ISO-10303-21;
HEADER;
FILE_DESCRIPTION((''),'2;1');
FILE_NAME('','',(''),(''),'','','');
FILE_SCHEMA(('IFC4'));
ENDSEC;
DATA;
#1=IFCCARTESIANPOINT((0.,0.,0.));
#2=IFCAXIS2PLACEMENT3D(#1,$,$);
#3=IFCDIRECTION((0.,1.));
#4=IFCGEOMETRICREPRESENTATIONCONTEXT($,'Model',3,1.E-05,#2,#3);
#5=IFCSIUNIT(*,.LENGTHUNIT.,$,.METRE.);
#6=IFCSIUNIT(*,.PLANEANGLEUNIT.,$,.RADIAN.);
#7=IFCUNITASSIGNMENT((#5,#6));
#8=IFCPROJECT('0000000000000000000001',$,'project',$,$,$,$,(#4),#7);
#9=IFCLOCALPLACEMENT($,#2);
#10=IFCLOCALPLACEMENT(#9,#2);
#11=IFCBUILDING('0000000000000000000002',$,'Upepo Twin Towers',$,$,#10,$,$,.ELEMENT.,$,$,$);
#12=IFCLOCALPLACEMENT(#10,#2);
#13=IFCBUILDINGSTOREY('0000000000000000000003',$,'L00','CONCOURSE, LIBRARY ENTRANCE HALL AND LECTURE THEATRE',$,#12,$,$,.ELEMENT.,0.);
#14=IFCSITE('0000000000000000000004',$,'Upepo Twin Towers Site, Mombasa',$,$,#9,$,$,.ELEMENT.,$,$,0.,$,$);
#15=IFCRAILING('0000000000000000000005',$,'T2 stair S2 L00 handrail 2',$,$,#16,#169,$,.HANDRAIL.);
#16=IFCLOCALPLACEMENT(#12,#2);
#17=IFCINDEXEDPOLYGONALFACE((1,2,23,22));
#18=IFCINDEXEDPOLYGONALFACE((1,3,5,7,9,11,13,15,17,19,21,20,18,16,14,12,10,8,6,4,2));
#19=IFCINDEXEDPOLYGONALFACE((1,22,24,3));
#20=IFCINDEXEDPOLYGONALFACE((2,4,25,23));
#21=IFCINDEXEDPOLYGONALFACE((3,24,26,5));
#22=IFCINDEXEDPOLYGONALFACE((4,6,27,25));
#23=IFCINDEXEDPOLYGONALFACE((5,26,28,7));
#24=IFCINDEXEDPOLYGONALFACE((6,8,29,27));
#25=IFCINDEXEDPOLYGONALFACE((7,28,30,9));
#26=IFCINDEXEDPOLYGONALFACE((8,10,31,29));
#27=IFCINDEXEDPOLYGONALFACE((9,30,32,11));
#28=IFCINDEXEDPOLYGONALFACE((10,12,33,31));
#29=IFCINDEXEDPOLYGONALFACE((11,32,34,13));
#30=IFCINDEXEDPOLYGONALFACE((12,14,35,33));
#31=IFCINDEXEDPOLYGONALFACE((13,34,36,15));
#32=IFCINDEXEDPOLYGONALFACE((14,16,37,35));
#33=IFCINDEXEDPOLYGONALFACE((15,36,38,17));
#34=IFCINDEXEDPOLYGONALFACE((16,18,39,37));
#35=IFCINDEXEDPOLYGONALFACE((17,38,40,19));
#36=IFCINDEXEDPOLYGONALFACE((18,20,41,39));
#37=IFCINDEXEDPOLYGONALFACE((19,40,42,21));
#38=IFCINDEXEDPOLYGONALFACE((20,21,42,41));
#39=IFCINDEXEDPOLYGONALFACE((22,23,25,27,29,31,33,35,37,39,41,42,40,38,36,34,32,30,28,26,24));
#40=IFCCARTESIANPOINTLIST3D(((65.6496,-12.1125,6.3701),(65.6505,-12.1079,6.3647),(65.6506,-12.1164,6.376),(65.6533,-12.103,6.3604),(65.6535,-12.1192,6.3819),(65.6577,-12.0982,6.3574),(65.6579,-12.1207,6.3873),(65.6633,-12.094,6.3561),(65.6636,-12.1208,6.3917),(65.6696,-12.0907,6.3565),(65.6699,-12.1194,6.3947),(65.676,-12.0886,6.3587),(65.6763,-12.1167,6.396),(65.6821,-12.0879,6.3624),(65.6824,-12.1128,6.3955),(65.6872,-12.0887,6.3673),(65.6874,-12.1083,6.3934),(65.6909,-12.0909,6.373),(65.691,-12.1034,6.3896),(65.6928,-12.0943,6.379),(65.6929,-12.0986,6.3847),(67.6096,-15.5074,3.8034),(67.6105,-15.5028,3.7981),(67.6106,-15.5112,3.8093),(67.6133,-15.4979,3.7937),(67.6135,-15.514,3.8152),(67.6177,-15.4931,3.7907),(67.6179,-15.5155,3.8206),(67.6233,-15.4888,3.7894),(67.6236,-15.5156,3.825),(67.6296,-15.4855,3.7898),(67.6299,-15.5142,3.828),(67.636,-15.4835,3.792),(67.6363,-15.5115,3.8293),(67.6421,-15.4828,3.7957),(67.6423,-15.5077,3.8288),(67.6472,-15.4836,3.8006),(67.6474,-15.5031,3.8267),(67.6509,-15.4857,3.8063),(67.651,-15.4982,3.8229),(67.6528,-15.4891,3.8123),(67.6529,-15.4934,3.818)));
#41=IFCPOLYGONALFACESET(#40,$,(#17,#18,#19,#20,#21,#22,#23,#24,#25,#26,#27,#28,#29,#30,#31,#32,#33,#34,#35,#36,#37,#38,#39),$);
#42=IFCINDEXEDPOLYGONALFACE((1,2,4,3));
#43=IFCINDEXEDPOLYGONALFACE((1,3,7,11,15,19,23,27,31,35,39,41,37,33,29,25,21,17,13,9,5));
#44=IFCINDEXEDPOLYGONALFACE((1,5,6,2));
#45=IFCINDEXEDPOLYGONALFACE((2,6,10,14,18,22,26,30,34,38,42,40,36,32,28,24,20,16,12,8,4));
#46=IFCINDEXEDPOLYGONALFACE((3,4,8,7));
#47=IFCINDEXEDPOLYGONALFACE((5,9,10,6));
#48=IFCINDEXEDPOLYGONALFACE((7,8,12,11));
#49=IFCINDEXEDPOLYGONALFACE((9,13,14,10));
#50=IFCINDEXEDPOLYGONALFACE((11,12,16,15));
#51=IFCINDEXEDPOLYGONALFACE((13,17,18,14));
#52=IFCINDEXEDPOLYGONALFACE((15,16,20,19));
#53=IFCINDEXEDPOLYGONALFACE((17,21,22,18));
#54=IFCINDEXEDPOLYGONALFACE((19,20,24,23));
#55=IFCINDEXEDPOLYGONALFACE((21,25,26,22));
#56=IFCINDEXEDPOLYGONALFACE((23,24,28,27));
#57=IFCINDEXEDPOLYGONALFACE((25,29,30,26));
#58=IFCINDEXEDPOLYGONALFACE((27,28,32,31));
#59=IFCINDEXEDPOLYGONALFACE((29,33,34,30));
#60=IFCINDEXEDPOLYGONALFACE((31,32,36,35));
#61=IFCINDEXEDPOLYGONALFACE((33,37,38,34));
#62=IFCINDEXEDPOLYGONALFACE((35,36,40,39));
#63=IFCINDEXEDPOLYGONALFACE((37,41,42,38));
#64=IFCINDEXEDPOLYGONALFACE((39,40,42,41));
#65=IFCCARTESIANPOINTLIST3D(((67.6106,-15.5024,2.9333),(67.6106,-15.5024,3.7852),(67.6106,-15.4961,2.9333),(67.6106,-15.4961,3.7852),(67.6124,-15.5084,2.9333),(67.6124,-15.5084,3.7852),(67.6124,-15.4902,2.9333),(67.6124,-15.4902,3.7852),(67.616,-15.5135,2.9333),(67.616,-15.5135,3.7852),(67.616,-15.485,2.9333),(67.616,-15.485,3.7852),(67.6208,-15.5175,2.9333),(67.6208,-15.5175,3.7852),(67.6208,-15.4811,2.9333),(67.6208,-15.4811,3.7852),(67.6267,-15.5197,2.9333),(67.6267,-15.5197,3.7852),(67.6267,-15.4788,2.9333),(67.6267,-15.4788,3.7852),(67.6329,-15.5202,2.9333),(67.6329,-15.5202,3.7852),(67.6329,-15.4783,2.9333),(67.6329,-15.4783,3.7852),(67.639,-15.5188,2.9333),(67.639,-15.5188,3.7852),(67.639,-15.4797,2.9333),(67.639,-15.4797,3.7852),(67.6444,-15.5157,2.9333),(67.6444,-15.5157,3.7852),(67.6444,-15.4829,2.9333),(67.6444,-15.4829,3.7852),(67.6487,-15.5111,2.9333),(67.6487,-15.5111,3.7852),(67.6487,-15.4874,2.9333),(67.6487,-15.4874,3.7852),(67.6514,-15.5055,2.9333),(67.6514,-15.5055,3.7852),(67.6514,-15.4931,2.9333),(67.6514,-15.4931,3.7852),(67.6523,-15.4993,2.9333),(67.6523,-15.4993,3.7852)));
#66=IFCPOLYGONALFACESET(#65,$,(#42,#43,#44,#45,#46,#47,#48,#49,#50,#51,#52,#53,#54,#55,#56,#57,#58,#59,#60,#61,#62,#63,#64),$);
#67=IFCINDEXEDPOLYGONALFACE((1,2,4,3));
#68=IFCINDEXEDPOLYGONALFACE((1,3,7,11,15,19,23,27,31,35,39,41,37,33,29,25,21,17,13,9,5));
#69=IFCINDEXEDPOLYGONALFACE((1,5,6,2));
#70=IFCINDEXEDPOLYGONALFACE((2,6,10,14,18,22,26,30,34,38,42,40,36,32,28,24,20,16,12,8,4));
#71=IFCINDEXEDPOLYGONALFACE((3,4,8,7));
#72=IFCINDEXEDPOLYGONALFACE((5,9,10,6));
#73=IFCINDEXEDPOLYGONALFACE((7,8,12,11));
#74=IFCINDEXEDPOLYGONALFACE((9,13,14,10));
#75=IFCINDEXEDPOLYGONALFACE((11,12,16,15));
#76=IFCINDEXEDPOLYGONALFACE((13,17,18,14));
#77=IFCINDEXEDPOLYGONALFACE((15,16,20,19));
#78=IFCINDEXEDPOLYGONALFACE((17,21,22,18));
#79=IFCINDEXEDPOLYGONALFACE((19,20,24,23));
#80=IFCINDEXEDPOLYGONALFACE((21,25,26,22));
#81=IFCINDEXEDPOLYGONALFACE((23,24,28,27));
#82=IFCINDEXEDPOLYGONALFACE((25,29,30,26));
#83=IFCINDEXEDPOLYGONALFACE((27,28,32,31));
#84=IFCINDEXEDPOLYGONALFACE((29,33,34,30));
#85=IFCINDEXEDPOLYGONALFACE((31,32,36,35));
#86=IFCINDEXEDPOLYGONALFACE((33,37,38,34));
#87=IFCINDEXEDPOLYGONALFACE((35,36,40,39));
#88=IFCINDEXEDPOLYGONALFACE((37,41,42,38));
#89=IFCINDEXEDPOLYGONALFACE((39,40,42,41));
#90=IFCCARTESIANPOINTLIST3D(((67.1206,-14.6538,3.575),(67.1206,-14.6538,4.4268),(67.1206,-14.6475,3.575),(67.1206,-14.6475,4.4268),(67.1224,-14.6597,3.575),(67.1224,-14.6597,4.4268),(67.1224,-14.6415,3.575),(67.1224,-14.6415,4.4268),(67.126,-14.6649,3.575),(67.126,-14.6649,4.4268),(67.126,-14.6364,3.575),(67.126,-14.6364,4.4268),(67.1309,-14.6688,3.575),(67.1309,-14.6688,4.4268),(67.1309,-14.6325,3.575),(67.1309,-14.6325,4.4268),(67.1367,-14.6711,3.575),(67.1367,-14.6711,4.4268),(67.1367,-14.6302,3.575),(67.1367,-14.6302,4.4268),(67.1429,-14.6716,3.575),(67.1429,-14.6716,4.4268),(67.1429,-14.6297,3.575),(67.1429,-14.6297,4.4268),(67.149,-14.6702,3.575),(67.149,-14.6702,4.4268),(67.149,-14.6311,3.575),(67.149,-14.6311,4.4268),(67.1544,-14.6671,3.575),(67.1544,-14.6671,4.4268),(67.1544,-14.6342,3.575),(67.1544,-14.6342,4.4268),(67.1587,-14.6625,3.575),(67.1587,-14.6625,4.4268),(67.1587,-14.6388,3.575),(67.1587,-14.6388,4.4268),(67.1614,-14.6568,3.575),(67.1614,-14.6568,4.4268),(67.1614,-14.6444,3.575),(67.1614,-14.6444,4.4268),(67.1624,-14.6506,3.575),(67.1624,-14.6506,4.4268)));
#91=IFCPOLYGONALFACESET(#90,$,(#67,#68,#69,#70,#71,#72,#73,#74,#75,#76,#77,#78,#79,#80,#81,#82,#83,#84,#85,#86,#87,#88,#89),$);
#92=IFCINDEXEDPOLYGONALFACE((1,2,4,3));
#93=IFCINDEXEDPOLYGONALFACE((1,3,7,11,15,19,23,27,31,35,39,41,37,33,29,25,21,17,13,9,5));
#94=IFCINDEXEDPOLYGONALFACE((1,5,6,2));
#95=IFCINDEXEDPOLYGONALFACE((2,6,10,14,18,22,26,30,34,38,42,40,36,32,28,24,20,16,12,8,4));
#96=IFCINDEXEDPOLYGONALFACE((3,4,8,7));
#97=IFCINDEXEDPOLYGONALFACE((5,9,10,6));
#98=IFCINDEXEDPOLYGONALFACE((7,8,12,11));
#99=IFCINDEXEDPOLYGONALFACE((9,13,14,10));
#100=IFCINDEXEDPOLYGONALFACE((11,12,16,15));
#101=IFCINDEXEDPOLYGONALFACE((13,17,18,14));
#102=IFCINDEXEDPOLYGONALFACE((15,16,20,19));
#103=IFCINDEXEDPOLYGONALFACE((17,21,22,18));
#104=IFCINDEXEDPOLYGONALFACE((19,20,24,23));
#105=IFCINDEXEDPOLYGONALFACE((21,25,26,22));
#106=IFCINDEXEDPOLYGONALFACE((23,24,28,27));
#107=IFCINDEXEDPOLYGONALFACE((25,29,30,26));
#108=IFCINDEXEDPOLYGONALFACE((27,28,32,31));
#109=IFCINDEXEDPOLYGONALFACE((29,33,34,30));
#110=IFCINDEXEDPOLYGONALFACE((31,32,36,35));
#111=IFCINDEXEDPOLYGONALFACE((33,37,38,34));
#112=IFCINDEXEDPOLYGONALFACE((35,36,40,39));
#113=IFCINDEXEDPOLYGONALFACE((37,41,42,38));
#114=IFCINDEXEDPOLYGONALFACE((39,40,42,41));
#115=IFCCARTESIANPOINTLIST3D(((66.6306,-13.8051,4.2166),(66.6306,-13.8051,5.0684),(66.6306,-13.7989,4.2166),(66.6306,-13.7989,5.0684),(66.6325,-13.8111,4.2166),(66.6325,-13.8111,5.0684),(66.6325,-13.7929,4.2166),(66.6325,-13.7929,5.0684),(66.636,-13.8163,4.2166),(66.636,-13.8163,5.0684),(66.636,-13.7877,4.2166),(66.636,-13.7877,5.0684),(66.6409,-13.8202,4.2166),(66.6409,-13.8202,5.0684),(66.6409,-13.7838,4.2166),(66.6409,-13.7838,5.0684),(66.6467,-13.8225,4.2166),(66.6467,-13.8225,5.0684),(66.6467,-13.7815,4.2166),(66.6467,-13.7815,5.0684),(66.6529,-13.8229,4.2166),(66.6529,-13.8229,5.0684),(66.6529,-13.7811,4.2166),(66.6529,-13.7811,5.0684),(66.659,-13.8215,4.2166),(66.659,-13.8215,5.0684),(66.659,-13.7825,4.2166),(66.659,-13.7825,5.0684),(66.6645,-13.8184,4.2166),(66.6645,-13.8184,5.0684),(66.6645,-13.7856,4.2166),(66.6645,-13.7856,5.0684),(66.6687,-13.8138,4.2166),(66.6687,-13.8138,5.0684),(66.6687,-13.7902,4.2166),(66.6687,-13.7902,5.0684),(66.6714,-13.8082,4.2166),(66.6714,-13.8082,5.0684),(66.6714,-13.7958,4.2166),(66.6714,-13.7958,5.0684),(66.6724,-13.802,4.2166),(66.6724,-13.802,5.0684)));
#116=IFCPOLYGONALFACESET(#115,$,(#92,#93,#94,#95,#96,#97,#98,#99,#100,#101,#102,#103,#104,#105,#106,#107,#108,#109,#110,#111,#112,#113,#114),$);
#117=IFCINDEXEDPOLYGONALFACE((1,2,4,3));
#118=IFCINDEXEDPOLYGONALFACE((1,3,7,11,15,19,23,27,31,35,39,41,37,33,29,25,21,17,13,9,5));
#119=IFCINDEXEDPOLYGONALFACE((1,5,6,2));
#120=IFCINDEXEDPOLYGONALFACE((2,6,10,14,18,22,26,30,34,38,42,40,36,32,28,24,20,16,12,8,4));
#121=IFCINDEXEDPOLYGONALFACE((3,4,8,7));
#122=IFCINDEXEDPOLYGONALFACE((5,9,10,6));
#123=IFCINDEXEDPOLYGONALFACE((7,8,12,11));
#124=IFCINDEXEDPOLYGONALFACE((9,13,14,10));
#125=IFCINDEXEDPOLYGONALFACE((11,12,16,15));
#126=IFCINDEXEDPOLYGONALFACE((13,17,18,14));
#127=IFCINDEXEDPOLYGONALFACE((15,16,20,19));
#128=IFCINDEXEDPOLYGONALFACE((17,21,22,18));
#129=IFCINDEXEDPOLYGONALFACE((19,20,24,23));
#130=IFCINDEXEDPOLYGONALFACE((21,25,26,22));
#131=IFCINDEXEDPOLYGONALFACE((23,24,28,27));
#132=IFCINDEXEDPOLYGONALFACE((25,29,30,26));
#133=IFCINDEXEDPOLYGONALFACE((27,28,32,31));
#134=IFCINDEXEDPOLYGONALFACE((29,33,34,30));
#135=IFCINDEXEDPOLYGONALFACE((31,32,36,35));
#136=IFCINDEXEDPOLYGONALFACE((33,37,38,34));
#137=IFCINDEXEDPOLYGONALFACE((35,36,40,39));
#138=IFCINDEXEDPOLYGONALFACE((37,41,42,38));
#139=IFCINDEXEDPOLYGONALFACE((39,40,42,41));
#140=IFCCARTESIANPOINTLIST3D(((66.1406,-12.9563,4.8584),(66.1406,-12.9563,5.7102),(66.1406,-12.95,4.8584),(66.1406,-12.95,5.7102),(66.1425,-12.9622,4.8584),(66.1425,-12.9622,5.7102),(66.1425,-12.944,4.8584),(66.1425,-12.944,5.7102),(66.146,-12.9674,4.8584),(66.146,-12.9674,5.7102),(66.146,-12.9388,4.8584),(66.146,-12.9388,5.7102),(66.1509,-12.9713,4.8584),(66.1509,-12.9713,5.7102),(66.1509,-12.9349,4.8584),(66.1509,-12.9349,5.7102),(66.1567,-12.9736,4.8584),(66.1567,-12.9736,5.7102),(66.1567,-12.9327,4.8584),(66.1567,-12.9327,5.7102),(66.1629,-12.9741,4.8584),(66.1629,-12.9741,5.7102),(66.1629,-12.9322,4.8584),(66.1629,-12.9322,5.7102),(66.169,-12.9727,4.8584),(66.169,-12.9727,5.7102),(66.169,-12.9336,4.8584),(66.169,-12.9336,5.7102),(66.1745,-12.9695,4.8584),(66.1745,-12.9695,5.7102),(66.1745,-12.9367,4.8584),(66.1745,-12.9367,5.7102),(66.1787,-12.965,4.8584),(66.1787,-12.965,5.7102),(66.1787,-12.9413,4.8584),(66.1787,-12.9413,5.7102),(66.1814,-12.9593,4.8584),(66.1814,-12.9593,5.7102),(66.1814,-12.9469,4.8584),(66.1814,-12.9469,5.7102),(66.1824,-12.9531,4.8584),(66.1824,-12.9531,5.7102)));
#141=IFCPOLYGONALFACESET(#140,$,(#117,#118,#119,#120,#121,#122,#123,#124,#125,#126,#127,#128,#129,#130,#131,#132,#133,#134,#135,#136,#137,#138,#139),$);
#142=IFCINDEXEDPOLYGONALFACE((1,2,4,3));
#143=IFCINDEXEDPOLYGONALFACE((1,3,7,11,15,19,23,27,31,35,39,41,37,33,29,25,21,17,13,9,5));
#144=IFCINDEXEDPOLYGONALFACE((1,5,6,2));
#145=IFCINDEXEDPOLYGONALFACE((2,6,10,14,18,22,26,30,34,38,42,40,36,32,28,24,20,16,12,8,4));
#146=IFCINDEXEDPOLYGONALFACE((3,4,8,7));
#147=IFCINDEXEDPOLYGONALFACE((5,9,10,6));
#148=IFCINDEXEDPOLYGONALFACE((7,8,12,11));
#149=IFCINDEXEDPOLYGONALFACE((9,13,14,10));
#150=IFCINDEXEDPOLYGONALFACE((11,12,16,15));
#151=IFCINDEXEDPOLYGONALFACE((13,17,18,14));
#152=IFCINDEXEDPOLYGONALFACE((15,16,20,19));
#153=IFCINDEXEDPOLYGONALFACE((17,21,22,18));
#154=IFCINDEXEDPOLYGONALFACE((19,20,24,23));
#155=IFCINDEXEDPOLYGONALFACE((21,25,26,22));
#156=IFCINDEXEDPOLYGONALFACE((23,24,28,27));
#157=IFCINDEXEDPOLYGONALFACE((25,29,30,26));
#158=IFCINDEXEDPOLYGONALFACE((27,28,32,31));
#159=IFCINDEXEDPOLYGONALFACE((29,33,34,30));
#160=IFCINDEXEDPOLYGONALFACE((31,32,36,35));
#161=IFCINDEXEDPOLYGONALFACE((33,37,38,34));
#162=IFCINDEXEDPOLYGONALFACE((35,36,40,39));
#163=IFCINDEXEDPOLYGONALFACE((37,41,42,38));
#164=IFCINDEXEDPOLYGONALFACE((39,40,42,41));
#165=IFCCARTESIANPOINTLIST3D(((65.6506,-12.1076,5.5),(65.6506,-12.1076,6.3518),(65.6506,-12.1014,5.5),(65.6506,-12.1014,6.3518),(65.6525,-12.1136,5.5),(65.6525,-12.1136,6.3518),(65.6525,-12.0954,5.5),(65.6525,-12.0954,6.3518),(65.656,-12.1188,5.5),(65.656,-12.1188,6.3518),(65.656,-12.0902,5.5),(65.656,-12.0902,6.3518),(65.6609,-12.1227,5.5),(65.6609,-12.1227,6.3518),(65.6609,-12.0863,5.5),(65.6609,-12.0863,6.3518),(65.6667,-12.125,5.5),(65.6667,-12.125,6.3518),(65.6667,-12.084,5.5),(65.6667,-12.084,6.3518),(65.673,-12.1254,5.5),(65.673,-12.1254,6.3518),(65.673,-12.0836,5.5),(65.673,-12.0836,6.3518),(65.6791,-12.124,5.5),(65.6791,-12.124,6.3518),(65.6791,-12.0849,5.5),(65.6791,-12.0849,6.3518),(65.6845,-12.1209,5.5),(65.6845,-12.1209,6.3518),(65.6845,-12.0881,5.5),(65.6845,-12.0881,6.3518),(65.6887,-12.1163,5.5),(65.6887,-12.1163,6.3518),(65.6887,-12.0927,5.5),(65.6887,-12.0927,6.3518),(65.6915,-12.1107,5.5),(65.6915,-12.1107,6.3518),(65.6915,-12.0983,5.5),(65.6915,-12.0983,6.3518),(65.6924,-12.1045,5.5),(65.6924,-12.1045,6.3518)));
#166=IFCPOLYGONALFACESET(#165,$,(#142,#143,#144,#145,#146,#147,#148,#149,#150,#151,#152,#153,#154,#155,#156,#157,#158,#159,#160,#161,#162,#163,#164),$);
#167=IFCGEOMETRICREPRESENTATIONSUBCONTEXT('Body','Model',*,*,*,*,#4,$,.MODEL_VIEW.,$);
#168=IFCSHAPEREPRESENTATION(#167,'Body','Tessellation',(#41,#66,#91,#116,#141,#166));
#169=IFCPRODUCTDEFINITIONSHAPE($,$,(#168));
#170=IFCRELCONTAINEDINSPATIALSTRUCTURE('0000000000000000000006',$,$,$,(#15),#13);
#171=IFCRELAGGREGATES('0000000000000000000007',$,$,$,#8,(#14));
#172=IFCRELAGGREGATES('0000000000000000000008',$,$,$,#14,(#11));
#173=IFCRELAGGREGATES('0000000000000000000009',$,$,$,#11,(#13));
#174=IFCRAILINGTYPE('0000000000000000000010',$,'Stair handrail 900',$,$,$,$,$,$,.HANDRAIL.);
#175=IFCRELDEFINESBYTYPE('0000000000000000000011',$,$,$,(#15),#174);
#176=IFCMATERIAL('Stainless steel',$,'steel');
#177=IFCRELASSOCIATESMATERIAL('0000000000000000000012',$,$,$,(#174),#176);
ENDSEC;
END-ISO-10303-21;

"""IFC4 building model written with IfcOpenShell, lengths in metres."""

from ifc_helpers import new_model, si_unit, direction, frame, origin, origin_2d, place, context, subcontext, project, spatial, circle, extrude, material, type_object, element, save


model = new_model("IFC4")

# Units and contexts
model_context = context("Model", 3, precision=1e-05, world=origin(), true_north=direction((0.0, 1.0)))
body_context = subcontext(model_context, "Body", "Model", "MODEL_VIEW")
ifc_project = project(units=[si_unit("LENGTHUNIT", "METRE"), si_unit("PLANEANGLEUNIT", "RADIAN")], contexts=[model_context])

# Site, building, storey
site_placement = place(None, origin())
site = spatial("IfcSite", under=ifc_project, at=site_placement, Name="Upepo Twin Towers Site, Mombasa", CompositionType="ELEMENT", RefElevation=0.0)
building_placement = place(site_placement, origin())
building = spatial("IfcBuilding", under=site, at=building_placement, Name="Upepo Twin Towers", CompositionType="ELEMENT")
storey_placement = place(building_placement, origin())
storey = spatial("IfcBuildingStorey", under=building, at=storey_placement, Name="L00", Description="CONCOURSE, LIBRARY ENTRANCE HALL AND LECTURE THEATRE", CompositionType="ELEMENT", Elevation=0.0)

# Railing
ifc_material_1 = material(Name="Stainless steel", Category="steel")
railing_type = type_object("IfcRailingType", Name="Stair handrail 900", PredefinedType="HANDRAIL", material=ifc_material_1)
railing_placement = place(storey_placement, frame((67.6313, -15.4993, 2.9333)))
element("IfcRailing", 1, at=railing_placement, inside=storey, type_object=railing_type, Name="T2 stair S2 L00 handrail 2", PredefinedType="HANDRAIL", context=body_context, shape_type="SweptSolid", body=[
    extrude(circle(Radius=0.0239, at=origin_2d()), frame((0.0, 0.0, 0.876), z_axis=(-0.418306, 0.724532, 0.547789), x_axis=(-0.866027, -0.499997, 0.0)), (0.0, 0.0, 1.0), 4.6855),
    extrude(circle(Radius=0.021, at=origin_2d()), origin(), (0.0, 0.0, 1.0), 0.8518),
    extrude(circle(Radius=0.021, at=origin_2d()), frame((-0.49, 0.8486, 0.6416)), (0.0, 0.0, 1.0), 0.8518),
    extrude(circle(Radius=0.021, at=origin_2d()), frame((-0.98, 1.6973, 1.2832)), (0.0, 0.0, 1.0), 0.8518),
    extrude(circle(Radius=0.021, at=origin_2d()), frame((-1.47, 2.5461, 1.925)), (0.0, 0.0, 1.0), 0.8518),
    extrude(circle(Radius=0.021, at=origin_2d()), frame((-1.96, 3.3948, 2.5667)), (0.0, 0.0, 1.0), 0.8518),
])

save(model, "model.ifc")
